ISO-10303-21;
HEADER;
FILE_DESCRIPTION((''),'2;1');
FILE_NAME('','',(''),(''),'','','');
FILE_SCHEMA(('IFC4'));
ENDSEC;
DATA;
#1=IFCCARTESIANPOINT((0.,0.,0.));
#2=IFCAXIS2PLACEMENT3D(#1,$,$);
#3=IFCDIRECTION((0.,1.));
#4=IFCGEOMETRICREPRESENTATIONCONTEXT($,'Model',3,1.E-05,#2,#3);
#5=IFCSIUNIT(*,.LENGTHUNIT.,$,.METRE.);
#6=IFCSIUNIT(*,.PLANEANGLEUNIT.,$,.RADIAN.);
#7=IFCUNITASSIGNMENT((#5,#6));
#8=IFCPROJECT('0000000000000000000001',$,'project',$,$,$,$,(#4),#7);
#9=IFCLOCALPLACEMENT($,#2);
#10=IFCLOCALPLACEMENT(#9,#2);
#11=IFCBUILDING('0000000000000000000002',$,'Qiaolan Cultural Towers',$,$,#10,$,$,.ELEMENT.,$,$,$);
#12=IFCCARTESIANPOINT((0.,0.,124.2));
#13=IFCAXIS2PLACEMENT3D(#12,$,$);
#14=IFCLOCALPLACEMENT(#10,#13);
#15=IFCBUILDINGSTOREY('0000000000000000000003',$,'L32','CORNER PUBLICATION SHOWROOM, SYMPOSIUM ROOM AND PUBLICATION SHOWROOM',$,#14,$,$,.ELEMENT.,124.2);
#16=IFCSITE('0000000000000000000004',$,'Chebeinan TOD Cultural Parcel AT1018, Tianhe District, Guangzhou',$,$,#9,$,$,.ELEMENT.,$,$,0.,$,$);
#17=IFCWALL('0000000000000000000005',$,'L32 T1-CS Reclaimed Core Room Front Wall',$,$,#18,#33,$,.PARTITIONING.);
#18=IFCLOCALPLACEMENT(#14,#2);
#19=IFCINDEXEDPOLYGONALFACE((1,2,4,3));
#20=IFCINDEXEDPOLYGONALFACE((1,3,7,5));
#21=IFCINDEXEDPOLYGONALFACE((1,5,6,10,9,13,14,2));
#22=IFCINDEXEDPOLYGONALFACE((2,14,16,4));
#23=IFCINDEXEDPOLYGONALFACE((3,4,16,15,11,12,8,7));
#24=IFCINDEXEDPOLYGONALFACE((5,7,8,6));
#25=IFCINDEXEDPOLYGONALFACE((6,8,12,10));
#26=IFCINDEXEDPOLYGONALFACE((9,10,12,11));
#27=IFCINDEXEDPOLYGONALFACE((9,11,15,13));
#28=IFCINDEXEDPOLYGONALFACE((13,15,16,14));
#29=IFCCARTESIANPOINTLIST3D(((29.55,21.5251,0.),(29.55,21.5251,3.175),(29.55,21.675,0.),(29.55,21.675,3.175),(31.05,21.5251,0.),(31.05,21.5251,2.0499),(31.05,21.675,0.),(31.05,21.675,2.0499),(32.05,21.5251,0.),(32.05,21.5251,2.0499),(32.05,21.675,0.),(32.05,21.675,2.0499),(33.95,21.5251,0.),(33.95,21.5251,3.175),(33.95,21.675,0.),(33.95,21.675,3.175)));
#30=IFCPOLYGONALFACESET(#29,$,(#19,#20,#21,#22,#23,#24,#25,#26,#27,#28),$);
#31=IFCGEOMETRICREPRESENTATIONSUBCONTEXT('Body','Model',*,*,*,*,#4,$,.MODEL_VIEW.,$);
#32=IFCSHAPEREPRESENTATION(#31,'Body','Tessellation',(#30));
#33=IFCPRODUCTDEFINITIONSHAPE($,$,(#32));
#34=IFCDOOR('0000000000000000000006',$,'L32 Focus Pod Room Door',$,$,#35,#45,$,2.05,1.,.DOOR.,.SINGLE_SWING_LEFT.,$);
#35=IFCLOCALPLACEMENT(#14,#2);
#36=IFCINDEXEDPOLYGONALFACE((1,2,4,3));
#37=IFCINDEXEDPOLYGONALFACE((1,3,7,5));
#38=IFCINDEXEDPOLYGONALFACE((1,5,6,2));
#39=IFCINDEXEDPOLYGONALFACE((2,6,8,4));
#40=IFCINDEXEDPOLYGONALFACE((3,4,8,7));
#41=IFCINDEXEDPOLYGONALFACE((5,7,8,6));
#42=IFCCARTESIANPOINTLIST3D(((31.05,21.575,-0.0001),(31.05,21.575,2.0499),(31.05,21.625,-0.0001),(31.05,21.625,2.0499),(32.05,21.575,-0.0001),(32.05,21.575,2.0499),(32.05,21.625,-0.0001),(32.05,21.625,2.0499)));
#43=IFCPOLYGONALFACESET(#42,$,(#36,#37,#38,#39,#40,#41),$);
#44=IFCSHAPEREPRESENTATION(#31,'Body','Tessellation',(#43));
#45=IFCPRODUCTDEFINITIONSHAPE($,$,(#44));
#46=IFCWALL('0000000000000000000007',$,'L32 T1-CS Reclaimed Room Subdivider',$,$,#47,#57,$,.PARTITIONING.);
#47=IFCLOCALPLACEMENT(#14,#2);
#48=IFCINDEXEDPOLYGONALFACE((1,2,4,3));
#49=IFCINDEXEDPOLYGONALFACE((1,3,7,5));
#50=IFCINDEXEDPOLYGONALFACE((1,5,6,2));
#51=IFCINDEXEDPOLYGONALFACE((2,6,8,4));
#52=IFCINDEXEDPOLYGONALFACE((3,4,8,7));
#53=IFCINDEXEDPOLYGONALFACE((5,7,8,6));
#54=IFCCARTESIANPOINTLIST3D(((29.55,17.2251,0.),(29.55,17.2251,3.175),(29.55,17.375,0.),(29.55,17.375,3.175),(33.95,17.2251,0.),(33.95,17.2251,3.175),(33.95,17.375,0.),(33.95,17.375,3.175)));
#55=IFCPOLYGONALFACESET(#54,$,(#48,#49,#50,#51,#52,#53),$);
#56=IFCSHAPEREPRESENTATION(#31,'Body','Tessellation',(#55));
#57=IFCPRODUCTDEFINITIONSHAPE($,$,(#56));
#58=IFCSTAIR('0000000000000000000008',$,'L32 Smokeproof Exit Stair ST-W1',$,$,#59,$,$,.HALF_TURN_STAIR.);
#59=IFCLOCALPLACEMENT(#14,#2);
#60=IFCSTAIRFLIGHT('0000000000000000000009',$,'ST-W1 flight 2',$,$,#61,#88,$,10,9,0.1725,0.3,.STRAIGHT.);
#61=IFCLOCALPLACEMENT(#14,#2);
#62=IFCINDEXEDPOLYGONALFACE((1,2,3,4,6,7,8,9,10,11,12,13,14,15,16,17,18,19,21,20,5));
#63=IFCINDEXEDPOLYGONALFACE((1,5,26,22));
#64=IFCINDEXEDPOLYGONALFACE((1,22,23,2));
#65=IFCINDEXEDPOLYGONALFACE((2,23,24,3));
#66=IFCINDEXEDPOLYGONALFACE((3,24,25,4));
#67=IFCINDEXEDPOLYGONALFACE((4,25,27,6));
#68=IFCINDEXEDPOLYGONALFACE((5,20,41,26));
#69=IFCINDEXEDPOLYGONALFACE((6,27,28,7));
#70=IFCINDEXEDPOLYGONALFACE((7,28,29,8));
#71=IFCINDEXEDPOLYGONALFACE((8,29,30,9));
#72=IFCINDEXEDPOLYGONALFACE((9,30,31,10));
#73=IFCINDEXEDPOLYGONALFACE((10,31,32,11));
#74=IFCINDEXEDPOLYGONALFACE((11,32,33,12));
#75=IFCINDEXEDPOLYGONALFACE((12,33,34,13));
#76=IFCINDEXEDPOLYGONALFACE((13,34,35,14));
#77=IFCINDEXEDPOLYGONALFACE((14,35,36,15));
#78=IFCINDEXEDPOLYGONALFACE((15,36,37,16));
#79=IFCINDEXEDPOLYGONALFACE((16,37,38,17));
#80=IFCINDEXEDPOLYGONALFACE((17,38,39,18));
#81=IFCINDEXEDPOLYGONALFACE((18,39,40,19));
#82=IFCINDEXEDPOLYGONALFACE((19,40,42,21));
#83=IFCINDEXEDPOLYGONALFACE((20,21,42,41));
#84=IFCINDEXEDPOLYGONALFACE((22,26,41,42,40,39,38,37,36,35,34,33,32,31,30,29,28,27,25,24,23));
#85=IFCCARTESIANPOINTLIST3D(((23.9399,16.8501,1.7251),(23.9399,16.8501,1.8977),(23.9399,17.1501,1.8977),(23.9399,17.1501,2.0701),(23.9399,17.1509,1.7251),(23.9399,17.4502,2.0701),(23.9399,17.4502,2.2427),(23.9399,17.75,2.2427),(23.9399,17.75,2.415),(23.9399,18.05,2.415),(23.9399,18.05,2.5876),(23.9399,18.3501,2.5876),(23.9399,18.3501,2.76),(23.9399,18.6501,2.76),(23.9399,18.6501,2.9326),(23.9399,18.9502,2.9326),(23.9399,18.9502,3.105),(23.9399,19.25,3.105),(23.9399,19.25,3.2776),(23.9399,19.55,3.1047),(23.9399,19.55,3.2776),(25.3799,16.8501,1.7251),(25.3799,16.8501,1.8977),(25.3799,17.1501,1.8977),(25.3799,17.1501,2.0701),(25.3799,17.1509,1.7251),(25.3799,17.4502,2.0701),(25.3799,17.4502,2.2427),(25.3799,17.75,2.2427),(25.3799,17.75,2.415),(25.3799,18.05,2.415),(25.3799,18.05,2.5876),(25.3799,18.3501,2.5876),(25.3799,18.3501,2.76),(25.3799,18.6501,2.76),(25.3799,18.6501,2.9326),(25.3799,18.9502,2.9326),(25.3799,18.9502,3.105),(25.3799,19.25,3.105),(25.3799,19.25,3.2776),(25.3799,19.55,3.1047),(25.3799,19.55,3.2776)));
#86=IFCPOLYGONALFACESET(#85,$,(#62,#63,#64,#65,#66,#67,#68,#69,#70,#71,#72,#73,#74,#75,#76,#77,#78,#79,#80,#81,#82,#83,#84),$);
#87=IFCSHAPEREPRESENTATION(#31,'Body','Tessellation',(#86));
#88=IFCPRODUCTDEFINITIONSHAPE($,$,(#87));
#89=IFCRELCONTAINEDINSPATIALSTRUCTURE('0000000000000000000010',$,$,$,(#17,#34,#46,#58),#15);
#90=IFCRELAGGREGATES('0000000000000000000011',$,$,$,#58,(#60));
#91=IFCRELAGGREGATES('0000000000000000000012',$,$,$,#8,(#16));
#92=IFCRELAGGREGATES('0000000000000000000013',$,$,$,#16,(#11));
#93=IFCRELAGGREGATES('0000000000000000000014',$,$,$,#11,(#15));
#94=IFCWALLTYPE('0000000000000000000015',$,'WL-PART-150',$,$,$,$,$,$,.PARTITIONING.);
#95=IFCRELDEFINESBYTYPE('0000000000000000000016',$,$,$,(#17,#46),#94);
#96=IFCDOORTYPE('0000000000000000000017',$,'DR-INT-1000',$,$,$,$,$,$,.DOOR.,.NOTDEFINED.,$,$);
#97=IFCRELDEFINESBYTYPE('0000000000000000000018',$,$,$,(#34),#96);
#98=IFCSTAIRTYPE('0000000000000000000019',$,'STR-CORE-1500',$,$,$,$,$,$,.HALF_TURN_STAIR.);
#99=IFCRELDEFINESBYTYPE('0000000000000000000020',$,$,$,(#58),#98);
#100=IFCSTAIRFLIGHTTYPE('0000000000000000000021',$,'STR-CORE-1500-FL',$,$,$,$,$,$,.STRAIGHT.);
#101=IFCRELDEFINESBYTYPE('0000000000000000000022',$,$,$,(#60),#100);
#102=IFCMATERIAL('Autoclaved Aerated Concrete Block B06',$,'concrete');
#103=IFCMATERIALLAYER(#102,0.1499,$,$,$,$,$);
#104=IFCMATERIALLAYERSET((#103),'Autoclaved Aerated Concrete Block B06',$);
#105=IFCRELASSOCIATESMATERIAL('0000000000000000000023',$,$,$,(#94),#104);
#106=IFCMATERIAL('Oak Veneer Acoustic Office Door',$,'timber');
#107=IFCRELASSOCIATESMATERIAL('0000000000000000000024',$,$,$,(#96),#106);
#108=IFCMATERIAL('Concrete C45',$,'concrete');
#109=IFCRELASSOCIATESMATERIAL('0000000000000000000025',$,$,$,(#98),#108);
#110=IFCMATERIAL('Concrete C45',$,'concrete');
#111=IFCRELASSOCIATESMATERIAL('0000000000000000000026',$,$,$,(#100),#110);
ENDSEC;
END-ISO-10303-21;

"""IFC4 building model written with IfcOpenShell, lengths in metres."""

from ifc_helpers import new_model, si_unit, direction, frame, frame_2d, origin, place, context, subcontext, project, spatial, polyline, rectangle, outline, extrude, material, layer, layer_set, type_object, element, fill, aggregate, save


model = new_model("IFC4")

# Units and contexts
model_context = context("Model", 3, precision=1e-05, world=origin(), true_north=direction((0.0, 1.0)))
body_context = subcontext(model_context, "Body", "Model", "MODEL_VIEW")
ifc_project = project(units=[si_unit("LENGTHUNIT", "METRE"), si_unit("PLANEANGLEUNIT", "RADIAN")], contexts=[model_context])

# Site, building, storey
site_placement = place(None, origin())
site = spatial("IfcSite", under=ifc_project, at=site_placement, Name="Chebeinan TOD Cultural Parcel AT1018, Tianhe District, Guangzhou", CompositionType="ELEMENT", RefElevation=0.0)
building_placement = place(site_placement, origin())
building = spatial("IfcBuilding", under=site, at=building_placement, Name="Qiaolan Cultural Towers", CompositionType="ELEMENT")
storey_placement = place(building_placement, frame((0.0, 0.0, 124.2)))
storey = spatial("IfcBuildingStorey", under=building, at=storey_placement, Name="L32", Description="CORNER PUBLICATION SHOWROOM, SYMPOSIUM ROOM AND PUBLICATION SHOWROOM", CompositionType="ELEMENT", Elevation=124.2)

# Wall, opening, door
ifc_material_1 = material(Name="Autoclaved Aerated Concrete Block B06", Category="concrete")
ifc_layer_1 = layer(ifc_material_1, 0.1499)
ifc_layer_set_1 = layer_set([ifc_layer_1], Name="Autoclaved Aerated Concrete Block B06")
wall_type_1 = type_object("IfcWallType", Name="WL-PART-150", PredefinedType="PARTITIONING", material=ifc_layer_set_1)
wall_1_placement = place(storey_placement, frame((29.55, 21.6001, 0.0), z_axis=(0.0, 0.0, 1.0), x_axis=(1.0, 0.0, 0.0)))
wall_1 = element("IfcWall", 1, at=wall_1_placement, inside=storey, type_object=wall_type_1, Name="L32 T1-CS Reclaimed Core Room Front Wall", PredefinedType="PARTITIONING", context=body_context, shape_type="SweptSolid", body=[
    extrude(rectangle(XDim=4.3999, YDim=0.1499, at=frame_2d((2.2, 0.0))), origin(), (0.0, 0.0, 1.0), 3.175),
])
opening_1_placement = place(wall_1_placement, frame((1.5, 0.0, 0.0)))
opening_1 = element("IfcOpeningElement", 2, at=opening_1_placement, cuts=wall_1, PredefinedType="OPENING", context=body_context, shape_type="SweptSolid", body=[
    extrude(rectangle(XDim=1.0, YDim=2.05, at=frame_2d((0.5, 1.0249))), frame((0.0, 0.085, 0.0), z_axis=(0.0, -1.0, 0.0), x_axis=(1.0, 0.0, 0.0)), (0.0, 0.0, 1.0), 0.1699),
])
ifc_material_2 = material(Name="Oak Veneer Acoustic Office Door", Category="timber")
door_type_1 = type_object("IfcDoorType", Name="DR-INT-1000", OperationType="NOTDEFINED", PredefinedType="DOOR", material=ifc_material_2)
door_1_placement = place(opening_1_placement, origin())
door_1 = element("IfcDoor", 3, at=door_1_placement, inside=storey, type_object=door_type_1, Name="L32 Focus Pod Room Door", OperationType="SINGLE_SWING_LEFT", OverallHeight=2.05, OverallWidth=1.0, PredefinedType="DOOR", context=body_context, shape_type="SweptSolid", body=[
    extrude(rectangle(XDim=1.0, YDim=2.05, at=frame_2d((0.5, 1.0249))), frame((0.0, 0.0249, 0.0), z_axis=(0.0, -1.0, 0.0), x_axis=(1.0, 0.0, 0.0)), (0.0, 0.0, 1.0), 0.05),
])
fill(opening_1, door_1)

# Wall
wall_2_placement = place(storey_placement, frame((29.55, 17.3, 0.0), z_axis=(0.0, 0.0, 1.0), x_axis=(1.0, 0.0, 0.0)))
element("IfcWall", 4, at=wall_2_placement, inside=storey, type_object=wall_type_1, Name="L32 T1-CS Reclaimed Room Subdivider", PredefinedType="PARTITIONING", context=body_context, shape_type="SweptSolid", body=[
    extrude(rectangle(XDim=4.3999, YDim=0.1499, at=frame_2d((2.2, 0.0))), origin(), (0.0, 0.0, 1.0), 3.175),
])

# Stair, stair flight
ifc_material_3 = material(Name="Concrete C45", Category="concrete")
stair_type = type_object("IfcStairType", Name="STR-CORE-1500", PredefinedType="HALF_TURN_STAIR", material=ifc_material_3)
stair_placement = place(storey_placement, origin())
stair = element("IfcStair", 5, at=stair_placement, inside=storey, type_object=stair_type, Name="L32 Smokeproof Exit Stair ST-W1", PredefinedType="HALF_TURN_STAIR")
ifc_material_4 = material(Name="Concrete C45", Category="concrete")
stair_flight_type = type_object("IfcStairFlightType", Name="STR-CORE-1500-FL", PredefinedType="STRAIGHT", material=ifc_material_4)
stair_flight_placement = place(storey_placement, frame((24.6599, 16.8501, 1.7251), z_axis=(0.0, 0.0, 1.0), x_axis=(0.0, 1.0, 0.0)))
stair_flight = element("IfcStairFlight", 6, at=stair_flight_placement, type_object=stair_flight_type, Name="ST-W1 flight 2", NumberOfRisers=10, NumberOfTreads=9, PredefinedType="STRAIGHT", RiserHeight=0.1725, TreadLength=0.3, context=body_context, shape_type="SweptSolid", body=[
    extrude(outline(polyline([(0.0, 0.0), (0.0, 0.1726), (0.3, 0.1726), (0.3, 0.345), (0.6001, 0.345), (0.6001, 0.5176), (0.8999, 0.5176), (0.8999, 0.6899), (1.2, 0.6899), (1.2, 0.8625), (1.5, 0.8625), (1.5, 1.0349), (1.8, 1.0349), (1.8, 1.2075), (2.1001, 1.2075), (2.1001, 1.3799), (2.3999, 1.3799), (2.3999, 1.5525), (2.7, 1.5525), (2.7, 1.7251), (2.7, 1.3796), (0.3008, 0.0), (0.0, 0.0)])), frame((0.0, 0.72, 0.0), z_axis=(0.0, -1.0, 0.0), x_axis=(1.0, 0.0, 0.0)), (0.0, 0.0, 1.0), 1.4399),
])
aggregate(stair, [stair_flight])

save(model, "model.ifc")
